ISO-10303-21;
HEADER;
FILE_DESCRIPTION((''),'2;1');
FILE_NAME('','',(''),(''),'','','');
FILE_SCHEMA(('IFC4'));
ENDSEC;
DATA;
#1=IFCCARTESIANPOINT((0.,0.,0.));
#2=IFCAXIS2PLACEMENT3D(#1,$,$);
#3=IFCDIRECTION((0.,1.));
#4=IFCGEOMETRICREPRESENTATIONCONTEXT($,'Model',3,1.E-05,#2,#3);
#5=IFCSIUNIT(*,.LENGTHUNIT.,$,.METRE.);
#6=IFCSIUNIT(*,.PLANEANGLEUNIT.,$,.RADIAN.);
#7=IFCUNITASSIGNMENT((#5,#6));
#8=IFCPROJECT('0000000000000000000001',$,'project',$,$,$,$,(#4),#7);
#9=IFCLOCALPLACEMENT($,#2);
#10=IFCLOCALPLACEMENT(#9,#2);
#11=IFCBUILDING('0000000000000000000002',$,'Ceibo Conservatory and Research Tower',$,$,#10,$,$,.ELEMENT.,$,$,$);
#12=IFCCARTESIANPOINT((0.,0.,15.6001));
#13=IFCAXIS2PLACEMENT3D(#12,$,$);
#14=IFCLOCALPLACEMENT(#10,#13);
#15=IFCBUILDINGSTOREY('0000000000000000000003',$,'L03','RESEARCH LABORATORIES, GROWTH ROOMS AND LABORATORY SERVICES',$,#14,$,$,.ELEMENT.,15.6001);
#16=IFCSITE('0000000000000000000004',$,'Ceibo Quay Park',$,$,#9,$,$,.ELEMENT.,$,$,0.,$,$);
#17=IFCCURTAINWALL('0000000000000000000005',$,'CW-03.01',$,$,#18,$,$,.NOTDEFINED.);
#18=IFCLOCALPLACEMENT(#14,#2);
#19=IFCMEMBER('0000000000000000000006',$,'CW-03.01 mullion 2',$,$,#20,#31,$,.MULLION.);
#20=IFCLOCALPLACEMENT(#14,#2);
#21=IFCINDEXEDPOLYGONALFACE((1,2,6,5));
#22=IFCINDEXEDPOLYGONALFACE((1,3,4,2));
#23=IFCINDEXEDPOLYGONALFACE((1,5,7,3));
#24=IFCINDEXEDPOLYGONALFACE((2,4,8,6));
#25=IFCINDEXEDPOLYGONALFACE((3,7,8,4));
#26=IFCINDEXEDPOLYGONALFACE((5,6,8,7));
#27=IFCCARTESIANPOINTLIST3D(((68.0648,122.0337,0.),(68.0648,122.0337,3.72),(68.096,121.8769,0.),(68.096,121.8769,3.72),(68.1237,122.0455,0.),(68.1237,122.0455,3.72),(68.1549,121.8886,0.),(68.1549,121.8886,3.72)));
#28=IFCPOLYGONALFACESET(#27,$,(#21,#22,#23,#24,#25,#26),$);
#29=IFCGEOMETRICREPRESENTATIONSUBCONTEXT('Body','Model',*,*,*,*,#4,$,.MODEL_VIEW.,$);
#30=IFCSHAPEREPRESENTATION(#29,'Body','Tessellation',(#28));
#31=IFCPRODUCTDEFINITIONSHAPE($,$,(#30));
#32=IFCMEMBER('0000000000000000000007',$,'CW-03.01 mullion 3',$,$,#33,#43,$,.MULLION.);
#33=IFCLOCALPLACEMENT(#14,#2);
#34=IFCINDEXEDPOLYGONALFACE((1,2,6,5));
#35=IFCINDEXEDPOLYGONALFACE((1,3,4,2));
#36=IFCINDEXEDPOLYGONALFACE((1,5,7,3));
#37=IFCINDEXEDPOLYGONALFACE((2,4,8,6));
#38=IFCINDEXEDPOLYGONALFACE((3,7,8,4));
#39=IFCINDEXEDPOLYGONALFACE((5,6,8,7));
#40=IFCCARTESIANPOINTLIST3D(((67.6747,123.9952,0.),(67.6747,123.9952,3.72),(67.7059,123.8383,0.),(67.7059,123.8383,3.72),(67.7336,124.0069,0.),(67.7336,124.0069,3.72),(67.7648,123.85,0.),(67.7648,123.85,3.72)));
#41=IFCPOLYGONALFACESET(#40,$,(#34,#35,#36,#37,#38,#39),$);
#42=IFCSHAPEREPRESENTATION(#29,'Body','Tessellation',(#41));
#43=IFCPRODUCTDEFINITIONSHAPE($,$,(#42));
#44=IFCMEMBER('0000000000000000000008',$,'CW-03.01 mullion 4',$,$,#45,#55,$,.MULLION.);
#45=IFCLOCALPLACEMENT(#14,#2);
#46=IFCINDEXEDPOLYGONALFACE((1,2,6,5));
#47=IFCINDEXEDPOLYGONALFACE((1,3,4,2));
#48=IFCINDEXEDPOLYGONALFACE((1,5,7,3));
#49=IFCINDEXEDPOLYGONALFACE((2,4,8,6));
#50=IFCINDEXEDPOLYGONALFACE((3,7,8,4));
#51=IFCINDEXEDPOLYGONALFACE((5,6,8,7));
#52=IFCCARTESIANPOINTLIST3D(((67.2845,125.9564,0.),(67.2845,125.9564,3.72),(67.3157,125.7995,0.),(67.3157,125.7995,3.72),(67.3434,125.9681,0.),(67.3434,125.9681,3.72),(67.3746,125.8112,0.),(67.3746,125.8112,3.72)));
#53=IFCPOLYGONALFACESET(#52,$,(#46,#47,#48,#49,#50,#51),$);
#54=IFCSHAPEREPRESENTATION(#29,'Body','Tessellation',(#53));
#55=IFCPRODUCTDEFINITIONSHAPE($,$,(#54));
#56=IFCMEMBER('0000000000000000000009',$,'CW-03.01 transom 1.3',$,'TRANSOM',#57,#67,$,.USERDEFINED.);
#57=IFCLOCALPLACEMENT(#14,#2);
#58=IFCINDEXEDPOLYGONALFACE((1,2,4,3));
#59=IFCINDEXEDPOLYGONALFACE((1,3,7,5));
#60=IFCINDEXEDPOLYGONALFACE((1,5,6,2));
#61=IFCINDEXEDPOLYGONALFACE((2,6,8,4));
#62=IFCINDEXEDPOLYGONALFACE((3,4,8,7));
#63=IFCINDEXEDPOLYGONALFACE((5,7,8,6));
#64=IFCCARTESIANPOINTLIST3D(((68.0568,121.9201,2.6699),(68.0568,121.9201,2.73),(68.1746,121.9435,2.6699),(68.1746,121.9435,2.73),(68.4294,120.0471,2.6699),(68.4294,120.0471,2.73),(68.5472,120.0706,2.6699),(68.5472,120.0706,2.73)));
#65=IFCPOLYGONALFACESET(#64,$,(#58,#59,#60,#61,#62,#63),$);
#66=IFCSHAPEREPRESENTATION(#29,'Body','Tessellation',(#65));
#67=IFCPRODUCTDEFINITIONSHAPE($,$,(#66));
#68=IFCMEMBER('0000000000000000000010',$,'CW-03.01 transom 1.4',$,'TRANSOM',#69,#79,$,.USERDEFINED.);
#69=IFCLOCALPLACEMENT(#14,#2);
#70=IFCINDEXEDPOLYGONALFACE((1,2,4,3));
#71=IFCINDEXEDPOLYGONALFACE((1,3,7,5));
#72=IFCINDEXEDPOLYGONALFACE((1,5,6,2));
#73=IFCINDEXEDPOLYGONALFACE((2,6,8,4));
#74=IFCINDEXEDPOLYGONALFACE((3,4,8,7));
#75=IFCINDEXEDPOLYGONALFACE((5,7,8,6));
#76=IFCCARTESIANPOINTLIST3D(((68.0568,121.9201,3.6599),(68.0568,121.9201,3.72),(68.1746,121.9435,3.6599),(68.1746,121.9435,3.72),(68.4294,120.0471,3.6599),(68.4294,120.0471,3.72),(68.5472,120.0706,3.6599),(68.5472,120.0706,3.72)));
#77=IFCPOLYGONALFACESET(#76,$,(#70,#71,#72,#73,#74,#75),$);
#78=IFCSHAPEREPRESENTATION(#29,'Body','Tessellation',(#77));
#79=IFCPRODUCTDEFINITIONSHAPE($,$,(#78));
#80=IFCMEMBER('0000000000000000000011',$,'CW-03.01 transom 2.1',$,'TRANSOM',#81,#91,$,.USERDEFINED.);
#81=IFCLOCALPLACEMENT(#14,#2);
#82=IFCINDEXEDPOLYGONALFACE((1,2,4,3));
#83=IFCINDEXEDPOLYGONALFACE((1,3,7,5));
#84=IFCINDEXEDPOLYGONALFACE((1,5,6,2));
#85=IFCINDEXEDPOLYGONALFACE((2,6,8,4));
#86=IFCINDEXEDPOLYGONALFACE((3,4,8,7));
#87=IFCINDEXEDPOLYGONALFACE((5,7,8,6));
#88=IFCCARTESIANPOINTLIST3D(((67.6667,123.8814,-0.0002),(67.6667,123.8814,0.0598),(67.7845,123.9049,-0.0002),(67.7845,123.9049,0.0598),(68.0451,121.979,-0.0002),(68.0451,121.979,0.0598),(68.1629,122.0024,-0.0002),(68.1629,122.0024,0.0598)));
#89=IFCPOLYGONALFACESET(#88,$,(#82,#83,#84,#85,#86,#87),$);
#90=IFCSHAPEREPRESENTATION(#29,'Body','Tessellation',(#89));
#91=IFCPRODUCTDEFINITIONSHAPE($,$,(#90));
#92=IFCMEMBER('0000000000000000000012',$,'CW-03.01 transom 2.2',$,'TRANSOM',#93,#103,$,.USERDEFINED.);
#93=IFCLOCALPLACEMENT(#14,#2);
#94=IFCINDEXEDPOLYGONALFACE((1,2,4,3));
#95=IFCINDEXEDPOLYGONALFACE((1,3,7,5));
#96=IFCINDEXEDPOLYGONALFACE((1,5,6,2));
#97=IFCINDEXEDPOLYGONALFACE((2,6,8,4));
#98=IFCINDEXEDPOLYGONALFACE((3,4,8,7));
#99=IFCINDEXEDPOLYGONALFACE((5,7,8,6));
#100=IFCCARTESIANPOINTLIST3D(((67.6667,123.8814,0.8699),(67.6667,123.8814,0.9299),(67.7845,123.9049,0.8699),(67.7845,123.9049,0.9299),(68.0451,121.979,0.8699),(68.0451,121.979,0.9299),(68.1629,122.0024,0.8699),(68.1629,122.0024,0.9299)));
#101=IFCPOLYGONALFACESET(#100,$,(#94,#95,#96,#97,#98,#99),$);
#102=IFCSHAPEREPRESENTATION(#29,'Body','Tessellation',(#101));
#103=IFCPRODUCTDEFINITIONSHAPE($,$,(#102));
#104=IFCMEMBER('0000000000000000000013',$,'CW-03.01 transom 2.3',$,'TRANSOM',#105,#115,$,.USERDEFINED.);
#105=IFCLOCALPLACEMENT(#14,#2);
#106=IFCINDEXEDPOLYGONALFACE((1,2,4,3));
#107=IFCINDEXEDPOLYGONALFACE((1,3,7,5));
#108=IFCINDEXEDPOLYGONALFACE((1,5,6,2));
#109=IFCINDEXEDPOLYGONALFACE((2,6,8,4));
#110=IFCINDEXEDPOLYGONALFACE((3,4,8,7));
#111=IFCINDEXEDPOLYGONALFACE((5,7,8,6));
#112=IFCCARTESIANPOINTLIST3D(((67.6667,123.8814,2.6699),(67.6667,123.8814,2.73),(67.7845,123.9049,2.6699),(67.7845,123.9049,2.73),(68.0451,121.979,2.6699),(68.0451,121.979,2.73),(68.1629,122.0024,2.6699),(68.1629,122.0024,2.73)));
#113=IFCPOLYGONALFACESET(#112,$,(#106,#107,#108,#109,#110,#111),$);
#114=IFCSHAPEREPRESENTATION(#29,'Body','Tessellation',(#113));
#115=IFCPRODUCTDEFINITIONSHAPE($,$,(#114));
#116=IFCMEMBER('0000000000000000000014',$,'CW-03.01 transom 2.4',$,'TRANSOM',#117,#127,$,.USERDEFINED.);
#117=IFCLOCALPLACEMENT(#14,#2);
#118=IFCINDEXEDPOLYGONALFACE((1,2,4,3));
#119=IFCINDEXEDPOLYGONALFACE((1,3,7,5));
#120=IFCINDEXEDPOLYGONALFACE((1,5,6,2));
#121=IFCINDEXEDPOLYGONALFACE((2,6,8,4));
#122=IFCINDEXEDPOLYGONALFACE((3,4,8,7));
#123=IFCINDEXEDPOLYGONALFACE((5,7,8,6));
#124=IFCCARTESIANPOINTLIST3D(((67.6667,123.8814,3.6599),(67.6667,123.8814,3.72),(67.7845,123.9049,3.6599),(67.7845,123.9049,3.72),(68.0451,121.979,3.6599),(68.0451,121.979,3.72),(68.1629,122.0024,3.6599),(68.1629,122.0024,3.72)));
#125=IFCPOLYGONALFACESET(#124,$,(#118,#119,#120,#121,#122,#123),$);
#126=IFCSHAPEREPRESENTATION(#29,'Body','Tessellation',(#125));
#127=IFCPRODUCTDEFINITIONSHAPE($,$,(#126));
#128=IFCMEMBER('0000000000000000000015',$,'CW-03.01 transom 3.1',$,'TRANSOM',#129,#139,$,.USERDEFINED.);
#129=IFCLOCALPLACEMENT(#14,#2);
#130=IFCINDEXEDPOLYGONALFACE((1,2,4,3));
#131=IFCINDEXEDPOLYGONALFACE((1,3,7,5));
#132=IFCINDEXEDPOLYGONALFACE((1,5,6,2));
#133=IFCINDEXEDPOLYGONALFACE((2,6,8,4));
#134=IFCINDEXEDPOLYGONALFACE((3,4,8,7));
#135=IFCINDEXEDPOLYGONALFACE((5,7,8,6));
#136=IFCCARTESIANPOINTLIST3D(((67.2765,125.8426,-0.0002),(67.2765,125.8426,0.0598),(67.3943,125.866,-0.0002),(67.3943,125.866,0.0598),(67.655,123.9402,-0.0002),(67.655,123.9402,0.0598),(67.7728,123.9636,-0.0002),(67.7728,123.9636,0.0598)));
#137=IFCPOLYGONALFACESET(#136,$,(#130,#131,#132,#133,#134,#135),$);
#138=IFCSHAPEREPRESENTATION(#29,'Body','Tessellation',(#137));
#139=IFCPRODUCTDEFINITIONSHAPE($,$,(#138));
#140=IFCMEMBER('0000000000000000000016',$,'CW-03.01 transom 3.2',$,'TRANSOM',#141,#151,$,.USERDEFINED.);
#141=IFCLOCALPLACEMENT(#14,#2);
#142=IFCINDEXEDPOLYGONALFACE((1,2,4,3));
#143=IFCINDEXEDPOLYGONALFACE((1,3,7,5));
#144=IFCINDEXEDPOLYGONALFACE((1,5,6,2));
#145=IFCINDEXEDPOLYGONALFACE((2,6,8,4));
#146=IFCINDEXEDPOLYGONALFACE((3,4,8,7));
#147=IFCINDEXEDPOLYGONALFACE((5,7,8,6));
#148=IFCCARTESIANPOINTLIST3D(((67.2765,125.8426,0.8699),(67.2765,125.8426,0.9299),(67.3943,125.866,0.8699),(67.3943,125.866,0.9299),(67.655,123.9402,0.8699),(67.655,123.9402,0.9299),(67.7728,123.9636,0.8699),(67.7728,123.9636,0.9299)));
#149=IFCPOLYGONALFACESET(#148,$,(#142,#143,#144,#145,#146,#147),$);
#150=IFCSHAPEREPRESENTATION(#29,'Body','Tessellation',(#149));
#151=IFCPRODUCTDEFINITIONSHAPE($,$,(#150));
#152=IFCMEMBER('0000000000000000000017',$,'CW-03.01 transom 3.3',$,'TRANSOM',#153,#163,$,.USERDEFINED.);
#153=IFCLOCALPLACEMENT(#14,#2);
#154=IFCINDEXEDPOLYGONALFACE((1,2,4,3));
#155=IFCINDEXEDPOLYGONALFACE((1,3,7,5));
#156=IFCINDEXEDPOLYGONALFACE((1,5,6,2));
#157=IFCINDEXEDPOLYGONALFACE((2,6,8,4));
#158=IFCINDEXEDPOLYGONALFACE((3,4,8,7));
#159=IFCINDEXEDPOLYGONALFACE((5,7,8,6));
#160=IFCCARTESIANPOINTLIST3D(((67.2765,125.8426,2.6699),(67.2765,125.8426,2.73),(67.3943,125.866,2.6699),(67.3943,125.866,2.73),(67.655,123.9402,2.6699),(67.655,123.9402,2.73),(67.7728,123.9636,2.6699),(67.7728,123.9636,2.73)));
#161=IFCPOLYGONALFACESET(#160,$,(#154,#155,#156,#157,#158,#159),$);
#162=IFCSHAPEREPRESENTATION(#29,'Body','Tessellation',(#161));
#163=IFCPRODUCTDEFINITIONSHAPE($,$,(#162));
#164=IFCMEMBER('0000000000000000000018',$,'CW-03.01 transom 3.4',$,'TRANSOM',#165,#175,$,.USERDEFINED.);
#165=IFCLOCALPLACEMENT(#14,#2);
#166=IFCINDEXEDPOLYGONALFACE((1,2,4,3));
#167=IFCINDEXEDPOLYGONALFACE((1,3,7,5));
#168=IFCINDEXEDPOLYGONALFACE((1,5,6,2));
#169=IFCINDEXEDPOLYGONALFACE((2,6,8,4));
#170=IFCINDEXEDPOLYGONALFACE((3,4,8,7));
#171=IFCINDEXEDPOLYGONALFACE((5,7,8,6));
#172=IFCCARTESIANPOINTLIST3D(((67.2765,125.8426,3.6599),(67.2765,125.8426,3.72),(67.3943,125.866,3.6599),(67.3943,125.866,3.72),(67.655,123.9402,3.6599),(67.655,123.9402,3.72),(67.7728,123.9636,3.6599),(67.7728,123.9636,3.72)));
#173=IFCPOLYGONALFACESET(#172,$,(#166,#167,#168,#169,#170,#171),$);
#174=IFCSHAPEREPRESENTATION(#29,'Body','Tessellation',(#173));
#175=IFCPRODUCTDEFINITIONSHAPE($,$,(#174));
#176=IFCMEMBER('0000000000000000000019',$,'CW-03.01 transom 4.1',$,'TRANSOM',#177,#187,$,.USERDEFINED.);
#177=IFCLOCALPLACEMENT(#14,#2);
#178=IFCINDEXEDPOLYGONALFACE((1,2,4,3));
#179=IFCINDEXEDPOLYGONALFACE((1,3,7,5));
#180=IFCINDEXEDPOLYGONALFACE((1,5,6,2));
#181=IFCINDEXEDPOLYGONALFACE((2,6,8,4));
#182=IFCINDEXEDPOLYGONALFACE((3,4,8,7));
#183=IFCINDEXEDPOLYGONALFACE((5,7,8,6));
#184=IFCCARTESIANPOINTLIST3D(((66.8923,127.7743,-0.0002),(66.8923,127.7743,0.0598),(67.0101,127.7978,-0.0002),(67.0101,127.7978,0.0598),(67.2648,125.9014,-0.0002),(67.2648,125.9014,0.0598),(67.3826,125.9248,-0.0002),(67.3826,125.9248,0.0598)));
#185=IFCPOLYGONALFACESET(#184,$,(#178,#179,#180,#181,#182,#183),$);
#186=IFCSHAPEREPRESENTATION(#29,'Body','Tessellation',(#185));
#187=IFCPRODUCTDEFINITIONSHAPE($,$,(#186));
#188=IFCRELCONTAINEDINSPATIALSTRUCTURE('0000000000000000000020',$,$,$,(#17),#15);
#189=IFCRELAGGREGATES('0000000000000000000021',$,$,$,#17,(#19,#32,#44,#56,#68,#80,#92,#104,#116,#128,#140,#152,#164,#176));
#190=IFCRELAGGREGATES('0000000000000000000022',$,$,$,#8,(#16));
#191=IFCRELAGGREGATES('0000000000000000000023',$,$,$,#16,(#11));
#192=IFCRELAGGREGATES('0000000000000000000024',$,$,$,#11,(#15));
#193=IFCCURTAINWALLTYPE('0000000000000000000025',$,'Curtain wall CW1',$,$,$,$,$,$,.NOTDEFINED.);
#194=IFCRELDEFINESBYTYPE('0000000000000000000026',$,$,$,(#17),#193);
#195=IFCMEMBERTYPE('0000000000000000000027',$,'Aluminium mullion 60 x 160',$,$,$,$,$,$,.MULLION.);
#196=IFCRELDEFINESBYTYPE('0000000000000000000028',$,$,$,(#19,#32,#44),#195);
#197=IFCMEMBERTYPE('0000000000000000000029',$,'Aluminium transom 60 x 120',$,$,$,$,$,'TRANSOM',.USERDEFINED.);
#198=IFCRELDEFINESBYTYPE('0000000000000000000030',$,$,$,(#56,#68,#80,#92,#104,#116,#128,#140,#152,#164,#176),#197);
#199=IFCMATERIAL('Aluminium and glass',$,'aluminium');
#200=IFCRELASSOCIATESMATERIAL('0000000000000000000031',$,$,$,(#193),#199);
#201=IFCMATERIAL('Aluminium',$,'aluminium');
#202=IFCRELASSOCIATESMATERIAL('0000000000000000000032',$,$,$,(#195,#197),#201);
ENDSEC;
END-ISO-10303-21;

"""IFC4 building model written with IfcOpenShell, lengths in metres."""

from ifc_helpers import new_model, si_unit, direction, frame, origin, origin_2d, place, context, subcontext, project, spatial, rectangle, extrude, material, material_profile, profile_set, type_object, element, aggregate, save


model = new_model("IFC4")

# Units and contexts
model_context = context("Model", 3, precision=1e-05, world=origin(), true_north=direction((0.0, 1.0)))
body_context = subcontext(model_context, "Body", "Model", "MODEL_VIEW")
ifc_project = project(units=[si_unit("LENGTHUNIT", "METRE"), si_unit("PLANEANGLEUNIT", "RADIAN")], contexts=[model_context])

# Site, building, storey
site_placement = place(None, origin())
site = spatial("IfcSite", under=ifc_project, at=site_placement, Name="Ceibo Quay Park", CompositionType="ELEMENT", RefElevation=0.0)
building_placement = place(site_placement, origin())
building = spatial("IfcBuilding", under=site, at=building_placement, Name="Ceibo Conservatory and Research Tower", CompositionType="ELEMENT")
storey_placement = place(building_placement, frame((0.0, 0.0, 15.6001)))
storey = spatial("IfcBuildingStorey", under=building, at=storey_placement, Name="L03", Description="RESEARCH LABORATORIES, GROWTH ROOMS AND LABORATORY SERVICES", CompositionType="ELEMENT", Elevation=15.6001)

# Curtain wall, members
ifc_material_1 = material(Name="Aluminium and glass", Category="aluminium")
curtain_wall_type = type_object("IfcCurtainWallType", Name="Curtain wall CW1", PredefinedType="NOTDEFINED", material=ifc_material_1)
curtain_wall_placement = place(storey_placement, origin())
curtain_wall = element("IfcCurtainWall", 1, at=curtain_wall_placement, inside=storey, type_object=curtain_wall_type, Name="CW-03.01", PredefinedType="NOTDEFINED")
ifc_material_2 = material(Name="Aluminium", Category="aluminium")
ifc_material_profile_1 = material_profile(ifc_material_2, rectangle(XDim=0.0601, YDim=0.1599, at=origin_2d()), Name="Aluminium 60 x 160")
ifc_profile_set_1 = profile_set([ifc_material_profile_1], Name="Aluminium")
member_type_1 = type_object("IfcMemberType", Name="Aluminium mullion 60 x 160", PredefinedType="MULLION", material=ifc_profile_set_1)
member_1_placement = place(storey_placement, frame((68.1099, 121.9612, 0.0), z_axis=(0.0, 0.0, 1.0), x_axis=(-0.980785, -0.19509, 0.0)))
member_1 = element("IfcMember", 2, at=member_1_placement, type_object=member_type_1, Name="CW-03.01 mullion 2", PredefinedType="MULLION", context=body_context, shape_type="SweptSolid", body=[
    extrude(rectangle(XDim=0.0601, YDim=0.1599, at=origin_2d()), origin(), (0.0, 0.0, 1.0), 3.72),
])
member_2_placement = place(storey_placement, frame((67.7197, 123.9226, 0.0), z_axis=(0.0, 0.0, 1.0), x_axis=(-0.980785, -0.19509, 0.0)))
member_2 = element("IfcMember", 3, at=member_2_placement, type_object=member_type_1, Name="CW-03.01 mullion 3", PredefinedType="MULLION", context=body_context, shape_type="SweptSolid", body=[
    extrude(rectangle(XDim=0.0601, YDim=0.1599, at=origin_2d()), origin(), (0.0, 0.0, 1.0), 3.72),
])
member_3_placement = place(storey_placement, frame((67.3296, 125.8838, 0.0), z_axis=(0.0, 0.0, 1.0), x_axis=(-0.980785, -0.19509, 0.0)))
member_3 = element("IfcMember", 4, at=member_3_placement, type_object=member_type_1, Name="CW-03.01 mullion 4", PredefinedType="MULLION", context=body_context, shape_type="SweptSolid", body=[
    extrude(rectangle(XDim=0.0601, YDim=0.1599, at=origin_2d()), origin(), (0.0, 0.0, 1.0), 3.72),
])
ifc_material_profile_2 = material_profile(ifc_material_2, rectangle(XDim=0.1201, YDim=0.0601, at=origin_2d()), Name="Aluminium 60 x 120")
ifc_profile_set_2 = profile_set([ifc_material_profile_2], Name="Aluminium")
member_type_2 = type_object("IfcMemberType", Name="Aluminium transom 60 x 120", ElementType="TRANSOM", PredefinedType="USERDEFINED", material=ifc_profile_set_2)
member_4_placement = place(storey_placement, frame((68.4883, 120.0588, 2.7), z_axis=(-0.195083, 0.980787, 0.0), x_axis=(-0.980787, -0.195083, 0.0)))
member_4 = element("IfcMember", 5, at=member_4_placement, type_object=member_type_2, Name="CW-03.01 transom 1.3", ObjectType="TRANSOM", PredefinedType="USERDEFINED", context=body_context, shape_type="SweptSolid", body=[
    extrude(rectangle(XDim=0.1201, YDim=0.0601, at=origin_2d()), origin(), (0.0, 0.0, 1.0), 1.9097),
])
member_5_placement = place(storey_placement, frame((68.4883, 120.0588, 3.6899), z_axis=(-0.195083, 0.980787, 0.0), x_axis=(-0.980787, -0.195083, 0.0)))
member_5 = element("IfcMember", 6, at=member_5_placement, type_object=member_type_2, Name="CW-03.01 transom 1.4", ObjectType="TRANSOM", PredefinedType="USERDEFINED", context=body_context, shape_type="SweptSolid", body=[
    extrude(rectangle(XDim=0.1201, YDim=0.0601, at=origin_2d()), origin(), (0.0, 0.0, 1.0), 1.9097),
])
member_6_placement = place(storey_placement, frame((68.104, 121.9907, 0.0298), z_axis=(-0.195099, 0.980783, 0.0), x_axis=(-0.980783, -0.195099, 0.0)))
member_6 = element("IfcMember", 7, at=member_6_placement, type_object=member_type_2, Name="CW-03.01 transom 2.1", ObjectType="TRANSOM", PredefinedType="USERDEFINED", context=body_context, shape_type="SweptSolid", body=[
    extrude(rectangle(XDim=0.1201, YDim=0.0601, at=origin_2d()), origin(), (0.0, 0.0, 1.0), 1.9397),
])
member_7_placement = place(storey_placement, frame((68.104, 121.9907, 0.8999), z_axis=(-0.195099, 0.980783, 0.0), x_axis=(-0.980783, -0.195099, 0.0)))
member_7 = element("IfcMember", 8, at=member_7_placement, type_object=member_type_2, Name="CW-03.01 transom 2.2", ObjectType="TRANSOM", PredefinedType="USERDEFINED", context=body_context, shape_type="SweptSolid", body=[
    extrude(rectangle(XDim=0.1201, YDim=0.0601, at=origin_2d()), origin(), (0.0, 0.0, 1.0), 1.9397),
])
member_8_placement = place(storey_placement, frame((68.104, 121.9907, 2.7), z_axis=(-0.195099, 0.980783, 0.0), x_axis=(-0.980783, -0.195099, 0.0)))
member_8 = element("IfcMember", 9, at=member_8_placement, type_object=member_type_2, Name="CW-03.01 transom 2.3", ObjectType="TRANSOM", PredefinedType="USERDEFINED", context=body_context, shape_type="SweptSolid", body=[
    extrude(rectangle(XDim=0.1201, YDim=0.0601, at=origin_2d()), origin(), (0.0, 0.0, 1.0), 1.9397),
])
member_9_placement = place(storey_placement, frame((68.104, 121.9907, 3.6899), z_axis=(-0.195099, 0.980783, 0.0), x_axis=(-0.980783, -0.195099, 0.0)))
member_9 = element("IfcMember", 10, at=member_9_placement, type_object=member_type_2, Name="CW-03.01 transom 2.4", ObjectType="TRANSOM", PredefinedType="USERDEFINED", context=body_context, shape_type="SweptSolid", body=[
    extrude(rectangle(XDim=0.1201, YDim=0.0601, at=origin_2d()), origin(), (0.0, 0.0, 1.0), 1.9397),
])
member_10_placement = place(storey_placement, frame((67.7139, 123.9519, 0.0298), z_axis=(-0.195099, 0.980783, 0.0), x_axis=(-0.980783, -0.195099, 0.0)))
member_10 = element("IfcMember", 11, at=member_10_placement, type_object=member_type_2, Name="CW-03.01 transom 3.1", ObjectType="TRANSOM", PredefinedType="USERDEFINED", context=body_context, shape_type="SweptSolid", body=[
    extrude(rectangle(XDim=0.1201, YDim=0.0601, at=origin_2d()), origin(), (0.0, 0.0, 1.0), 1.9397),
])
member_11_placement = place(storey_placement, frame((67.7139, 123.9519, 0.8999), z_axis=(-0.195099, 0.980783, 0.0), x_axis=(-0.980783, -0.195099, 0.0)))
member_11 = element("IfcMember", 12, at=member_11_placement, type_object=member_type_2, Name="CW-03.01 transom 3.2", ObjectType="TRANSOM", PredefinedType="USERDEFINED", context=body_context, shape_type="SweptSolid", body=[
    extrude(rectangle(XDim=0.1201, YDim=0.0601, at=origin_2d()), origin(), (0.0, 0.0, 1.0), 1.9397),
])
member_12_placement = place(storey_placement, frame((67.7139, 123.9519, 2.7), z_axis=(-0.195099, 0.980783, 0.0), x_axis=(-0.980783, -0.195099, 0.0)))
member_12 = element("IfcMember", 13, at=member_12_placement, type_object=member_type_2, Name="CW-03.01 transom 3.3", ObjectType="TRANSOM", PredefinedType="USERDEFINED", context=body_context, shape_type="SweptSolid", body=[
    extrude(rectangle(XDim=0.1201, YDim=0.0601, at=origin_2d()), origin(), (0.0, 0.0, 1.0), 1.9397),
])
member_13_placement = place(storey_placement, frame((67.7139, 123.9519, 3.6899), z_axis=(-0.195099, 0.980783, 0.0), x_axis=(-0.980783, -0.195099, 0.0)))
member_13 = element("IfcMember", 14, at=member_13_placement, type_object=member_type_2, Name="CW-03.01 transom 3.4", ObjectType="TRANSOM", PredefinedType="USERDEFINED", context=body_context, shape_type="SweptSolid", body=[
    extrude(rectangle(XDim=0.1201, YDim=0.0601, at=origin_2d()), origin(), (0.0, 0.0, 1.0), 1.9397),
])
member_14_placement = place(storey_placement, frame((67.3237, 125.9131, 0.0298), z_axis=(-0.195083, 0.980787, 0.0), x_axis=(-0.980787, -0.195083, 0.0)))
member_14 = element("IfcMember", 15, at=member_14_placement, type_object=member_type_2, Name="CW-03.01 transom 4.1", ObjectType="TRANSOM", PredefinedType="USERDEFINED", context=body_context, shape_type="SweptSolid", body=[
    extrude(rectangle(XDim=0.1201, YDim=0.0601, at=origin_2d()), origin(), (0.0, 0.0, 1.0), 1.9097),
])

aggregate(curtain_wall, [member_1, member_2, member_3, member_4, member_5, member_6, member_7, member_8, member_9, member_10, member_11, member_12, member_13, member_14])

save(model, "model.ifc")
